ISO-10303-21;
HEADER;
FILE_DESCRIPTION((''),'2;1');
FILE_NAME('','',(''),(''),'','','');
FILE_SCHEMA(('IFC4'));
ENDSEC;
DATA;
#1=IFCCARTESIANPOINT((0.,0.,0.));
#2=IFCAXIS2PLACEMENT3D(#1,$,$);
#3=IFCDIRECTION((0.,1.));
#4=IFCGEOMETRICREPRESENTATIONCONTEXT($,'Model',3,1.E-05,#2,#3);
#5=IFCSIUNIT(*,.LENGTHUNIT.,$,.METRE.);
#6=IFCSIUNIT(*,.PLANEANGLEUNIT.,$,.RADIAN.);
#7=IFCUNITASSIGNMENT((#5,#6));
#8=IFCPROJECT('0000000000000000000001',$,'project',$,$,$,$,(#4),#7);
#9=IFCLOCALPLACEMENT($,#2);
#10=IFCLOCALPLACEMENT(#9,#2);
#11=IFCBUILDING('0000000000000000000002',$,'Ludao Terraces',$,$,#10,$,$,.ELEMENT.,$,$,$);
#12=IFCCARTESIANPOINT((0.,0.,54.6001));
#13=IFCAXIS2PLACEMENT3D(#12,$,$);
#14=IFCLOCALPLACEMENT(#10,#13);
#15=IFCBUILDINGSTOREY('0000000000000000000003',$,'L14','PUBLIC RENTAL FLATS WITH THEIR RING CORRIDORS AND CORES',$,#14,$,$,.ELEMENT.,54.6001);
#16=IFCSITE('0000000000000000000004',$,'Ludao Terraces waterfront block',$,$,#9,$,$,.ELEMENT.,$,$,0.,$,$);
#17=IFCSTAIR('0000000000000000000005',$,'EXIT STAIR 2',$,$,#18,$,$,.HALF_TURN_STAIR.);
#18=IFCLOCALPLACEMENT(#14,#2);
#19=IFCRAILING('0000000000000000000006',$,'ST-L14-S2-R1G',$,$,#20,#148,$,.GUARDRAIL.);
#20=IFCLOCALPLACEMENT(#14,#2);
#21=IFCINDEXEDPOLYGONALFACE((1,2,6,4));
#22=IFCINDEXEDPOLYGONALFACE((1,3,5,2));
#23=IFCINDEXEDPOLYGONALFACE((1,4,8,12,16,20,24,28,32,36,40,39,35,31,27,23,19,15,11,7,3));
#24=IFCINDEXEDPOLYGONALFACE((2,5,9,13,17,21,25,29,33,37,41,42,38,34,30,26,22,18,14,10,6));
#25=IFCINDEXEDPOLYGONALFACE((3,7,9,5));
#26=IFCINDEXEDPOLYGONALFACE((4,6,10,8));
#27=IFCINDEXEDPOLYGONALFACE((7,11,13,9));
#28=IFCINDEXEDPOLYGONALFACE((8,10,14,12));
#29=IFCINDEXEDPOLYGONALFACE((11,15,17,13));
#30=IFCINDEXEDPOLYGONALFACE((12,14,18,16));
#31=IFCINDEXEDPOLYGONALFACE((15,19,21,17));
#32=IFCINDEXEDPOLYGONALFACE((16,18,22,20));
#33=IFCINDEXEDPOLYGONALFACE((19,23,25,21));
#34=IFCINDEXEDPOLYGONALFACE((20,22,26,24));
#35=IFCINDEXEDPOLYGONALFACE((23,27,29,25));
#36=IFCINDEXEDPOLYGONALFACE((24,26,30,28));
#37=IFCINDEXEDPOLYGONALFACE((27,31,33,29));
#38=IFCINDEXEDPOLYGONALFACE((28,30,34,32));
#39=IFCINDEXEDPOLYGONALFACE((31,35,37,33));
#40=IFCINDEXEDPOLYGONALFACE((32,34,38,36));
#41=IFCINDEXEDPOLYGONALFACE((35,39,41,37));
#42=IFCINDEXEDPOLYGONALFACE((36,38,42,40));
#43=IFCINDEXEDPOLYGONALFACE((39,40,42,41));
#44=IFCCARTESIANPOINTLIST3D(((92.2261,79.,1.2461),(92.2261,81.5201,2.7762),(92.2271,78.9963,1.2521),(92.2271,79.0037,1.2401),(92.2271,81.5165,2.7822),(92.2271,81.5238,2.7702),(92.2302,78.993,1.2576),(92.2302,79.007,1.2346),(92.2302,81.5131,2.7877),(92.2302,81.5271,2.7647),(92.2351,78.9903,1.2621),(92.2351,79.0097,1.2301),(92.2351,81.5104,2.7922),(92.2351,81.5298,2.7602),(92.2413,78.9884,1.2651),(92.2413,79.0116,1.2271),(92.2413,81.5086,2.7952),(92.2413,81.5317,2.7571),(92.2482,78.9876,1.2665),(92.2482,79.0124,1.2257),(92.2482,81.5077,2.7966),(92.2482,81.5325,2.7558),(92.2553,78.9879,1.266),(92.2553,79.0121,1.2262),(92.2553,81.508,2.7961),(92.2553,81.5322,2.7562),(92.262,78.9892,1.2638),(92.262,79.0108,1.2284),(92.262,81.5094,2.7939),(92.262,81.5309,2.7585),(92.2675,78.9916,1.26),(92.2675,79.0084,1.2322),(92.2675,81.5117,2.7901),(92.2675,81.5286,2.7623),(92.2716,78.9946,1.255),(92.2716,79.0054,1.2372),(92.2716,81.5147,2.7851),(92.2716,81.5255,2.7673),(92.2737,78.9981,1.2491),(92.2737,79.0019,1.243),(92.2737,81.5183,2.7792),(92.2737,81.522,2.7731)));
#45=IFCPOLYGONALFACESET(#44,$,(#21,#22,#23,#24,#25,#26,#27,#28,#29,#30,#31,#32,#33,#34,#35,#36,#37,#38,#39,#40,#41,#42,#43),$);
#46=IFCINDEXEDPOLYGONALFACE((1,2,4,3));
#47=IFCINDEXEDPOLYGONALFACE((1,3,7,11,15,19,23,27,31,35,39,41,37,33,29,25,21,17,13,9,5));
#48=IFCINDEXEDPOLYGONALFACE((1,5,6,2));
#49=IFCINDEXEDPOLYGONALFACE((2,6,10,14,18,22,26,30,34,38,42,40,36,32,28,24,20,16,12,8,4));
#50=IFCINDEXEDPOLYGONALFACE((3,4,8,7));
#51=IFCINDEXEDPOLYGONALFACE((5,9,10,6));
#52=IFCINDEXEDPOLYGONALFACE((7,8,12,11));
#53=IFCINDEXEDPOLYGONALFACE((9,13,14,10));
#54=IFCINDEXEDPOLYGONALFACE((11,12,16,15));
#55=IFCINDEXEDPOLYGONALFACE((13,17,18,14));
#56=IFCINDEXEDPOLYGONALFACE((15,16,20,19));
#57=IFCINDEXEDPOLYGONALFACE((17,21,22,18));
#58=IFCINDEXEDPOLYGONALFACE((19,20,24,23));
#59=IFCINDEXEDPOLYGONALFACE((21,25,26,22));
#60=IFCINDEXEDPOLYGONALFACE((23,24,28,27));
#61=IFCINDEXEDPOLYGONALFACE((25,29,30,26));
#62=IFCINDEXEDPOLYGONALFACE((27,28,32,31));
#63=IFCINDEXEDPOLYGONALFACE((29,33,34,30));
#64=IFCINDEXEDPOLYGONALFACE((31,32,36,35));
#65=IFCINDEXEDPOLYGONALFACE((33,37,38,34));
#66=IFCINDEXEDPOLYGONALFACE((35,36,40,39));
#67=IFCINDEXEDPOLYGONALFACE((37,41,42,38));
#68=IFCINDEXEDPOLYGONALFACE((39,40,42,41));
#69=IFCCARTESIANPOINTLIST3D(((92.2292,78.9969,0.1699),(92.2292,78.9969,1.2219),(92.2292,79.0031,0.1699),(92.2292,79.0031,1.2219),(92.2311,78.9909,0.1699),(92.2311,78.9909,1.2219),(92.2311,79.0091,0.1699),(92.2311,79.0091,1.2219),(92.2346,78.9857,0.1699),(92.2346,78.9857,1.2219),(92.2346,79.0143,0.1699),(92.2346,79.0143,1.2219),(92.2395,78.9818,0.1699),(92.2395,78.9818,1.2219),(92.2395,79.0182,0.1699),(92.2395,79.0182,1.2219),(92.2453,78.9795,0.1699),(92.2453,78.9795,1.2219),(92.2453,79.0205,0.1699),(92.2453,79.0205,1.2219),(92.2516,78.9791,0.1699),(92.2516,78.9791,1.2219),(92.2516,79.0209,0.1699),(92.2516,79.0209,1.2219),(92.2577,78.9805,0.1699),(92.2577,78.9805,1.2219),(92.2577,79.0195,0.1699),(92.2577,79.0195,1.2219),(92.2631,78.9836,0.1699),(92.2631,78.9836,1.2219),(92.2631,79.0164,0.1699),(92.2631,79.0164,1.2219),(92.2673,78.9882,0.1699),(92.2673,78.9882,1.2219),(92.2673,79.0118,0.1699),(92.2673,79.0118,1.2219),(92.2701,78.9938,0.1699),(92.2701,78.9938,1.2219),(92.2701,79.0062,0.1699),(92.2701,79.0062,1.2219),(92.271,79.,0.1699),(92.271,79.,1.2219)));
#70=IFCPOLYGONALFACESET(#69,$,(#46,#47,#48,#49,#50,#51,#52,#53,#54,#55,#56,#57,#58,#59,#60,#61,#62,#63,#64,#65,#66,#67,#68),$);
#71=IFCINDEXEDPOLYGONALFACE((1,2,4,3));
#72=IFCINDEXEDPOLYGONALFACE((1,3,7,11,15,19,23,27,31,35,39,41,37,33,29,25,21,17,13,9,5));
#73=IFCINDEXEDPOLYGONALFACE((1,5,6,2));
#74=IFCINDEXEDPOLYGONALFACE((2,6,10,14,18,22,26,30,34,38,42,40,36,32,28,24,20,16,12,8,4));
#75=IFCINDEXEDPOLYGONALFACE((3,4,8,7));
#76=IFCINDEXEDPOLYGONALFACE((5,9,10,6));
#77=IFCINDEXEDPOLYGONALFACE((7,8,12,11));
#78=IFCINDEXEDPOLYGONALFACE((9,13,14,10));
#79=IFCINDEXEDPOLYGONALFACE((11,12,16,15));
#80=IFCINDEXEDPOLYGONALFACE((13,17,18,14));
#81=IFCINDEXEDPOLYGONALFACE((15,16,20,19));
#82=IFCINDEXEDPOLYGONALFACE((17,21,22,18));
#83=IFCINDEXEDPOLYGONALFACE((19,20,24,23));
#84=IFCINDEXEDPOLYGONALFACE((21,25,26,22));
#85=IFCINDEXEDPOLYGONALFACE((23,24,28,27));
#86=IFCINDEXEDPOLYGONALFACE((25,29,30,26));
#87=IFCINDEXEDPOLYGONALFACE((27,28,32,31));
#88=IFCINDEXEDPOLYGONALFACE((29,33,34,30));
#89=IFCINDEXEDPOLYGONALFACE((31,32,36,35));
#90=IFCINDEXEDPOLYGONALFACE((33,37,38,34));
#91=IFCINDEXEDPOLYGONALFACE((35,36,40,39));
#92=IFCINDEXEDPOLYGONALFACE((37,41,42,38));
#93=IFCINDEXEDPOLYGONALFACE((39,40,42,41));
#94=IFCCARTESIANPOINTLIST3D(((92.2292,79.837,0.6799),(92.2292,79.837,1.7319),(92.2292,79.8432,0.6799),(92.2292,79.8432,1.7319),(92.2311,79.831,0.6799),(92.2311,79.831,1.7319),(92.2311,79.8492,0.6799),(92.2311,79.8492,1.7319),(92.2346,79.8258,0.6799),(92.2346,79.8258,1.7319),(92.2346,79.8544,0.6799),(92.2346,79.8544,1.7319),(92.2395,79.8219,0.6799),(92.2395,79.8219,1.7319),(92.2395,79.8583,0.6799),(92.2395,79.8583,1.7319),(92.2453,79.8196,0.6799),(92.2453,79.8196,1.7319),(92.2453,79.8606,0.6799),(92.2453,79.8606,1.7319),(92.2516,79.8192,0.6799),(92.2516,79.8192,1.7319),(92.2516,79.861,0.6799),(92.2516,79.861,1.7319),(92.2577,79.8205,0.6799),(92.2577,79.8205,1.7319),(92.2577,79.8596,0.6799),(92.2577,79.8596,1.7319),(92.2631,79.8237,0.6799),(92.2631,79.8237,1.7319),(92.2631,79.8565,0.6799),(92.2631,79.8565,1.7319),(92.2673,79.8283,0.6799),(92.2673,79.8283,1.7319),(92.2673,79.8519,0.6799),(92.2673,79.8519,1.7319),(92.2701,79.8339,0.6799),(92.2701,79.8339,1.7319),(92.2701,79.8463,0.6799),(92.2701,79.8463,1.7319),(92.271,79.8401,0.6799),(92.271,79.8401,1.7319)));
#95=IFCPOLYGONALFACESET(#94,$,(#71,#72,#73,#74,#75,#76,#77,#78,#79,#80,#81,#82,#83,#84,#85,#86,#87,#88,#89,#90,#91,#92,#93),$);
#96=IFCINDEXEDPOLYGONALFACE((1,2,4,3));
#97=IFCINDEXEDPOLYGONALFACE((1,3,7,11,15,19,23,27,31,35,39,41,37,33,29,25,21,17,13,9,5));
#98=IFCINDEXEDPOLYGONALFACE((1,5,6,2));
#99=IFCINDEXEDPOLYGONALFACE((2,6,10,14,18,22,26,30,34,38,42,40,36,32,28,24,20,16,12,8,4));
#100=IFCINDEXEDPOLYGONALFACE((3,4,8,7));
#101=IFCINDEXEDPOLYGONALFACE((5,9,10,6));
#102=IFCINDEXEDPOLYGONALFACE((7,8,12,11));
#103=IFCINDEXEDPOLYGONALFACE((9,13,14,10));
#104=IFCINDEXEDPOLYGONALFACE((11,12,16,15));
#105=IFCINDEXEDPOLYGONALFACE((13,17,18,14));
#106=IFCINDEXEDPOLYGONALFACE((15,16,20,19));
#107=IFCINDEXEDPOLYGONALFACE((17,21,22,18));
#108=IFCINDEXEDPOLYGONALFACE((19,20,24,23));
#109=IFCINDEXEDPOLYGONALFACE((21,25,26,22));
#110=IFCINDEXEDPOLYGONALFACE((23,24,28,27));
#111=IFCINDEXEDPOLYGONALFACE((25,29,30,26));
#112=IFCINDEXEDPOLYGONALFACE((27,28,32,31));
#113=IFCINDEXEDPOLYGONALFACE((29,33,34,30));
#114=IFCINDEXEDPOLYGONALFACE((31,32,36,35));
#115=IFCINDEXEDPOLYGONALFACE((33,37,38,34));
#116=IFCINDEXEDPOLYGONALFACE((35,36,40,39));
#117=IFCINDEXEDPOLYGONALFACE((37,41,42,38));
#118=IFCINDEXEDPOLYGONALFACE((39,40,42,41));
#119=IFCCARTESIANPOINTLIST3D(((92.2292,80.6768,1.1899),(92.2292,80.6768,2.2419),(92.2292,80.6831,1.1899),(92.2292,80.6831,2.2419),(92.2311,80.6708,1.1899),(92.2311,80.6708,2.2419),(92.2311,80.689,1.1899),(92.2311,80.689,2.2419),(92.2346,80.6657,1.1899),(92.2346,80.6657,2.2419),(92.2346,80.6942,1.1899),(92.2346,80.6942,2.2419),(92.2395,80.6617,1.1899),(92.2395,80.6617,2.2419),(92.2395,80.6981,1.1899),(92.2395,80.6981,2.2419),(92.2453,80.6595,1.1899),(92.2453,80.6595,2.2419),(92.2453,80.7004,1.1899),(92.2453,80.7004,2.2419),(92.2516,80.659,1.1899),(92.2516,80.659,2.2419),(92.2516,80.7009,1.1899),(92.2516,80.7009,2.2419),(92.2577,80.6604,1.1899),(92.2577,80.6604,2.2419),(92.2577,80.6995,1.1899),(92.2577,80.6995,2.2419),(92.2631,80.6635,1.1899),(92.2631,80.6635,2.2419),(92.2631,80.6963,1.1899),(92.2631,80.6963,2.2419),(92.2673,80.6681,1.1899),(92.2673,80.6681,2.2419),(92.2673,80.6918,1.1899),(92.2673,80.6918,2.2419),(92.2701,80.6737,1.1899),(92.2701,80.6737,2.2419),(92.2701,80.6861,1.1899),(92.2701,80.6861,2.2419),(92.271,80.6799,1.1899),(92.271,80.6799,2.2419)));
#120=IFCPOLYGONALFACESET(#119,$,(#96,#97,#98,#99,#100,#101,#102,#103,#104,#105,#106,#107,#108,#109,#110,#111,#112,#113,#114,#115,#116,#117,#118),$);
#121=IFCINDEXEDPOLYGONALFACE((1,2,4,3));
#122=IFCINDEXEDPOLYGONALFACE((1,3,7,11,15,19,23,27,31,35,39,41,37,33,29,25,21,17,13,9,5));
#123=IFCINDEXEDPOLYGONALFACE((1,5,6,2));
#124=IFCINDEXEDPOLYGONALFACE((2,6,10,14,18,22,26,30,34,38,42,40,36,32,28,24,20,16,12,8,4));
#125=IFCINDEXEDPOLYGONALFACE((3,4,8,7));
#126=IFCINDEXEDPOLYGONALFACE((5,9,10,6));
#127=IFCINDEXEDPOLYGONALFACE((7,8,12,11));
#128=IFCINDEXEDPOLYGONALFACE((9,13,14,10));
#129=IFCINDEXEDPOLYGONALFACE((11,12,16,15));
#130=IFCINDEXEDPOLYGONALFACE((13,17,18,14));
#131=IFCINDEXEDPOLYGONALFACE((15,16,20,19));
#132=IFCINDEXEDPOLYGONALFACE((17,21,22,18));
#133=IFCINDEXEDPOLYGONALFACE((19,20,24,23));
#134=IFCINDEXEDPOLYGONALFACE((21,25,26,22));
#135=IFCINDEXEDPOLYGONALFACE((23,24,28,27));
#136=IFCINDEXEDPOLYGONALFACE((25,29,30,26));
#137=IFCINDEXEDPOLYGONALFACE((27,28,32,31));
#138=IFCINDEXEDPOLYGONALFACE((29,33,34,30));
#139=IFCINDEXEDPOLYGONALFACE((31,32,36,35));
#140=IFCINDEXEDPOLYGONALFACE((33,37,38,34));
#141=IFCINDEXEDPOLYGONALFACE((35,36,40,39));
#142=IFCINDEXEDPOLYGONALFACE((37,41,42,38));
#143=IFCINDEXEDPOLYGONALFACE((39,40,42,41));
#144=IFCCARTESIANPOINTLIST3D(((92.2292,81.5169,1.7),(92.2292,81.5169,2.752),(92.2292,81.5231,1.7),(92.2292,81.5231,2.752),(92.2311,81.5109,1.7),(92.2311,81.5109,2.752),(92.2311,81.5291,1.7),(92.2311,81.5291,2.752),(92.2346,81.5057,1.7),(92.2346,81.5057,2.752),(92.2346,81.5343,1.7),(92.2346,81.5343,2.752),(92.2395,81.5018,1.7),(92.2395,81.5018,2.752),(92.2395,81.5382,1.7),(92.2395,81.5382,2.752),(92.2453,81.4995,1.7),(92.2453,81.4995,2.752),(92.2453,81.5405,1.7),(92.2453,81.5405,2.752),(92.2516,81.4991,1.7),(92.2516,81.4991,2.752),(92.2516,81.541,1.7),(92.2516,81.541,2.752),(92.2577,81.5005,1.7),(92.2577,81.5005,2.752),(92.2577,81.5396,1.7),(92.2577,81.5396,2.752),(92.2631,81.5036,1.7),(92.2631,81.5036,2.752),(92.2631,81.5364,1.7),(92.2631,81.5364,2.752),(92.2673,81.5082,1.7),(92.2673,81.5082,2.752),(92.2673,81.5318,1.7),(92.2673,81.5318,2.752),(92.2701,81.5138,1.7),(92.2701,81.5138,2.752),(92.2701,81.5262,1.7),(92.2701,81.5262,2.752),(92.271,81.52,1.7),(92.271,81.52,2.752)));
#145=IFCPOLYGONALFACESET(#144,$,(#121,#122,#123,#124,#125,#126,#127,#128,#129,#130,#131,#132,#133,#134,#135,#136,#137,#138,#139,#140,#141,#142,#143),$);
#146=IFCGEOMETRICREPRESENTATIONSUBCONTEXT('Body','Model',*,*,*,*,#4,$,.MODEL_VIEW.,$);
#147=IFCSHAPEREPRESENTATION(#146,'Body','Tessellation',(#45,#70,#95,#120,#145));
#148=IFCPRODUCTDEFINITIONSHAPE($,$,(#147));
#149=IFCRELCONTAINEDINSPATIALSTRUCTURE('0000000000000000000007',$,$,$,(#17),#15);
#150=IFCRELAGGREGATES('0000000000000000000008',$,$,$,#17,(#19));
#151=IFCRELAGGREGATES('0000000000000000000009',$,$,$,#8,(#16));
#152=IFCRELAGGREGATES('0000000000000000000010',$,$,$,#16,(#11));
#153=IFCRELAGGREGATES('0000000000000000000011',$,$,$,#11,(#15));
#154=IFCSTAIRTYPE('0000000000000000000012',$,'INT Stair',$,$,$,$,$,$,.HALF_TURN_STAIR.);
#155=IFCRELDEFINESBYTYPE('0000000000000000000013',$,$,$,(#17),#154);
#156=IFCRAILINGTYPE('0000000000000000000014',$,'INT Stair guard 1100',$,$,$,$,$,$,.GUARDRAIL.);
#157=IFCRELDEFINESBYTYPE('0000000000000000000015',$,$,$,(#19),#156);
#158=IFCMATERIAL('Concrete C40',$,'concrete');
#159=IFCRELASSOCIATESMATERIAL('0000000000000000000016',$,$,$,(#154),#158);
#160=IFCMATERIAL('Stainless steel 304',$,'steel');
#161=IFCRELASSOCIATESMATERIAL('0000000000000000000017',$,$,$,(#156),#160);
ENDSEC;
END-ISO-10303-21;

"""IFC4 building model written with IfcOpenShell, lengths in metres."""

from ifc_helpers import new_model, si_unit, direction, frame, origin, origin_2d, place, context, subcontext, project, spatial, circle, extrude, material, type_object, element, aggregate, save


model = new_model("IFC4")

# Units and contexts
model_context = context("Model", 3, precision=1e-05, world=origin(), true_north=direction((0.0, 1.0)))
body_context = subcontext(model_context, "Body", "Model", "MODEL_VIEW")
ifc_project = project(units=[si_unit("LENGTHUNIT", "METRE"), si_unit("PLANEANGLEUNIT", "RADIAN")], contexts=[model_context])

# Site, building, storey
site_placement = place(None, origin())
site = spatial("IfcSite", under=ifc_project, at=site_placement, Name="Ludao Terraces waterfront block", CompositionType="ELEMENT", RefElevation=0.0)
building_placement = place(site_placement, origin())
building = spatial("IfcBuilding", under=site, at=building_placement, Name="Ludao Terraces", CompositionType="ELEMENT")
storey_placement = place(building_placement, frame((0.0, 0.0, 54.6001)))
storey = spatial("IfcBuildingStorey", under=building, at=storey_placement, Name="L14", Description="PUBLIC RENTAL FLATS WITH THEIR RING CORRIDORS AND CORES", CompositionType="ELEMENT", Elevation=54.6001)

# Shared definitions
ifc_material_1 = material(Name="Stainless steel 304", Category="steel")

# Stair, railing
ifc_material_2 = material(Name="Concrete C40", Category="concrete")
stair_type = type_object("IfcStairType", Name="INT Stair", PredefinedType="HALF_TURN_STAIR", material=ifc_material_2)
stair_placement = place(storey_placement, origin())
stair = element("IfcStair", 1, at=stair_placement, inside=storey, type_object=stair_type, Name="EXIT STAIR 2", PredefinedType="HALF_TURN_STAIR")
railing_type_1 = type_object("IfcRailingType", Name="INT Stair guard 1100", PredefinedType="GUARDRAIL", material=ifc_material_1)
railing_1_placement = place(storey_placement, frame((92.25, 79.0, 0.1699)))
railing_1 = element("IfcRailing", 2, at=railing_1_placement, type_object=railing_type_1, Name="ST-L14-S2-R1G", PredefinedType="GUARDRAIL", context=body_context, shape_type="SweptSolid", body=[
    extrude(circle(Radius=0.0239, at=origin_2d()), frame((0.0, 0.0, 1.0762), z_axis=(0.0, 0.854785, 0.518982), x_axis=(-1.0, 0.0, 0.0)), (0.0, 0.0, 1.0), 2.9482),
    extrude(circle(Radius=0.021, at=origin_2d()), origin(), (0.0, 0.0, 1.0), 1.052),
    extrude(circle(Radius=0.021, at=origin_2d()), frame((0.0, 0.8401, 0.51)), (0.0, 0.0, 1.0), 1.052),
    extrude(circle(Radius=0.021, at=origin_2d()), frame((0.0, 1.6799, 1.02)), (0.0, 0.0, 1.0), 1.052),
    extrude(circle(Radius=0.021, at=origin_2d()), frame((0.0, 2.52, 1.53)), (0.0, 0.0, 1.0), 1.052),
])
aggregate(stair, [railing_1])

save(model, "model.ifc")
